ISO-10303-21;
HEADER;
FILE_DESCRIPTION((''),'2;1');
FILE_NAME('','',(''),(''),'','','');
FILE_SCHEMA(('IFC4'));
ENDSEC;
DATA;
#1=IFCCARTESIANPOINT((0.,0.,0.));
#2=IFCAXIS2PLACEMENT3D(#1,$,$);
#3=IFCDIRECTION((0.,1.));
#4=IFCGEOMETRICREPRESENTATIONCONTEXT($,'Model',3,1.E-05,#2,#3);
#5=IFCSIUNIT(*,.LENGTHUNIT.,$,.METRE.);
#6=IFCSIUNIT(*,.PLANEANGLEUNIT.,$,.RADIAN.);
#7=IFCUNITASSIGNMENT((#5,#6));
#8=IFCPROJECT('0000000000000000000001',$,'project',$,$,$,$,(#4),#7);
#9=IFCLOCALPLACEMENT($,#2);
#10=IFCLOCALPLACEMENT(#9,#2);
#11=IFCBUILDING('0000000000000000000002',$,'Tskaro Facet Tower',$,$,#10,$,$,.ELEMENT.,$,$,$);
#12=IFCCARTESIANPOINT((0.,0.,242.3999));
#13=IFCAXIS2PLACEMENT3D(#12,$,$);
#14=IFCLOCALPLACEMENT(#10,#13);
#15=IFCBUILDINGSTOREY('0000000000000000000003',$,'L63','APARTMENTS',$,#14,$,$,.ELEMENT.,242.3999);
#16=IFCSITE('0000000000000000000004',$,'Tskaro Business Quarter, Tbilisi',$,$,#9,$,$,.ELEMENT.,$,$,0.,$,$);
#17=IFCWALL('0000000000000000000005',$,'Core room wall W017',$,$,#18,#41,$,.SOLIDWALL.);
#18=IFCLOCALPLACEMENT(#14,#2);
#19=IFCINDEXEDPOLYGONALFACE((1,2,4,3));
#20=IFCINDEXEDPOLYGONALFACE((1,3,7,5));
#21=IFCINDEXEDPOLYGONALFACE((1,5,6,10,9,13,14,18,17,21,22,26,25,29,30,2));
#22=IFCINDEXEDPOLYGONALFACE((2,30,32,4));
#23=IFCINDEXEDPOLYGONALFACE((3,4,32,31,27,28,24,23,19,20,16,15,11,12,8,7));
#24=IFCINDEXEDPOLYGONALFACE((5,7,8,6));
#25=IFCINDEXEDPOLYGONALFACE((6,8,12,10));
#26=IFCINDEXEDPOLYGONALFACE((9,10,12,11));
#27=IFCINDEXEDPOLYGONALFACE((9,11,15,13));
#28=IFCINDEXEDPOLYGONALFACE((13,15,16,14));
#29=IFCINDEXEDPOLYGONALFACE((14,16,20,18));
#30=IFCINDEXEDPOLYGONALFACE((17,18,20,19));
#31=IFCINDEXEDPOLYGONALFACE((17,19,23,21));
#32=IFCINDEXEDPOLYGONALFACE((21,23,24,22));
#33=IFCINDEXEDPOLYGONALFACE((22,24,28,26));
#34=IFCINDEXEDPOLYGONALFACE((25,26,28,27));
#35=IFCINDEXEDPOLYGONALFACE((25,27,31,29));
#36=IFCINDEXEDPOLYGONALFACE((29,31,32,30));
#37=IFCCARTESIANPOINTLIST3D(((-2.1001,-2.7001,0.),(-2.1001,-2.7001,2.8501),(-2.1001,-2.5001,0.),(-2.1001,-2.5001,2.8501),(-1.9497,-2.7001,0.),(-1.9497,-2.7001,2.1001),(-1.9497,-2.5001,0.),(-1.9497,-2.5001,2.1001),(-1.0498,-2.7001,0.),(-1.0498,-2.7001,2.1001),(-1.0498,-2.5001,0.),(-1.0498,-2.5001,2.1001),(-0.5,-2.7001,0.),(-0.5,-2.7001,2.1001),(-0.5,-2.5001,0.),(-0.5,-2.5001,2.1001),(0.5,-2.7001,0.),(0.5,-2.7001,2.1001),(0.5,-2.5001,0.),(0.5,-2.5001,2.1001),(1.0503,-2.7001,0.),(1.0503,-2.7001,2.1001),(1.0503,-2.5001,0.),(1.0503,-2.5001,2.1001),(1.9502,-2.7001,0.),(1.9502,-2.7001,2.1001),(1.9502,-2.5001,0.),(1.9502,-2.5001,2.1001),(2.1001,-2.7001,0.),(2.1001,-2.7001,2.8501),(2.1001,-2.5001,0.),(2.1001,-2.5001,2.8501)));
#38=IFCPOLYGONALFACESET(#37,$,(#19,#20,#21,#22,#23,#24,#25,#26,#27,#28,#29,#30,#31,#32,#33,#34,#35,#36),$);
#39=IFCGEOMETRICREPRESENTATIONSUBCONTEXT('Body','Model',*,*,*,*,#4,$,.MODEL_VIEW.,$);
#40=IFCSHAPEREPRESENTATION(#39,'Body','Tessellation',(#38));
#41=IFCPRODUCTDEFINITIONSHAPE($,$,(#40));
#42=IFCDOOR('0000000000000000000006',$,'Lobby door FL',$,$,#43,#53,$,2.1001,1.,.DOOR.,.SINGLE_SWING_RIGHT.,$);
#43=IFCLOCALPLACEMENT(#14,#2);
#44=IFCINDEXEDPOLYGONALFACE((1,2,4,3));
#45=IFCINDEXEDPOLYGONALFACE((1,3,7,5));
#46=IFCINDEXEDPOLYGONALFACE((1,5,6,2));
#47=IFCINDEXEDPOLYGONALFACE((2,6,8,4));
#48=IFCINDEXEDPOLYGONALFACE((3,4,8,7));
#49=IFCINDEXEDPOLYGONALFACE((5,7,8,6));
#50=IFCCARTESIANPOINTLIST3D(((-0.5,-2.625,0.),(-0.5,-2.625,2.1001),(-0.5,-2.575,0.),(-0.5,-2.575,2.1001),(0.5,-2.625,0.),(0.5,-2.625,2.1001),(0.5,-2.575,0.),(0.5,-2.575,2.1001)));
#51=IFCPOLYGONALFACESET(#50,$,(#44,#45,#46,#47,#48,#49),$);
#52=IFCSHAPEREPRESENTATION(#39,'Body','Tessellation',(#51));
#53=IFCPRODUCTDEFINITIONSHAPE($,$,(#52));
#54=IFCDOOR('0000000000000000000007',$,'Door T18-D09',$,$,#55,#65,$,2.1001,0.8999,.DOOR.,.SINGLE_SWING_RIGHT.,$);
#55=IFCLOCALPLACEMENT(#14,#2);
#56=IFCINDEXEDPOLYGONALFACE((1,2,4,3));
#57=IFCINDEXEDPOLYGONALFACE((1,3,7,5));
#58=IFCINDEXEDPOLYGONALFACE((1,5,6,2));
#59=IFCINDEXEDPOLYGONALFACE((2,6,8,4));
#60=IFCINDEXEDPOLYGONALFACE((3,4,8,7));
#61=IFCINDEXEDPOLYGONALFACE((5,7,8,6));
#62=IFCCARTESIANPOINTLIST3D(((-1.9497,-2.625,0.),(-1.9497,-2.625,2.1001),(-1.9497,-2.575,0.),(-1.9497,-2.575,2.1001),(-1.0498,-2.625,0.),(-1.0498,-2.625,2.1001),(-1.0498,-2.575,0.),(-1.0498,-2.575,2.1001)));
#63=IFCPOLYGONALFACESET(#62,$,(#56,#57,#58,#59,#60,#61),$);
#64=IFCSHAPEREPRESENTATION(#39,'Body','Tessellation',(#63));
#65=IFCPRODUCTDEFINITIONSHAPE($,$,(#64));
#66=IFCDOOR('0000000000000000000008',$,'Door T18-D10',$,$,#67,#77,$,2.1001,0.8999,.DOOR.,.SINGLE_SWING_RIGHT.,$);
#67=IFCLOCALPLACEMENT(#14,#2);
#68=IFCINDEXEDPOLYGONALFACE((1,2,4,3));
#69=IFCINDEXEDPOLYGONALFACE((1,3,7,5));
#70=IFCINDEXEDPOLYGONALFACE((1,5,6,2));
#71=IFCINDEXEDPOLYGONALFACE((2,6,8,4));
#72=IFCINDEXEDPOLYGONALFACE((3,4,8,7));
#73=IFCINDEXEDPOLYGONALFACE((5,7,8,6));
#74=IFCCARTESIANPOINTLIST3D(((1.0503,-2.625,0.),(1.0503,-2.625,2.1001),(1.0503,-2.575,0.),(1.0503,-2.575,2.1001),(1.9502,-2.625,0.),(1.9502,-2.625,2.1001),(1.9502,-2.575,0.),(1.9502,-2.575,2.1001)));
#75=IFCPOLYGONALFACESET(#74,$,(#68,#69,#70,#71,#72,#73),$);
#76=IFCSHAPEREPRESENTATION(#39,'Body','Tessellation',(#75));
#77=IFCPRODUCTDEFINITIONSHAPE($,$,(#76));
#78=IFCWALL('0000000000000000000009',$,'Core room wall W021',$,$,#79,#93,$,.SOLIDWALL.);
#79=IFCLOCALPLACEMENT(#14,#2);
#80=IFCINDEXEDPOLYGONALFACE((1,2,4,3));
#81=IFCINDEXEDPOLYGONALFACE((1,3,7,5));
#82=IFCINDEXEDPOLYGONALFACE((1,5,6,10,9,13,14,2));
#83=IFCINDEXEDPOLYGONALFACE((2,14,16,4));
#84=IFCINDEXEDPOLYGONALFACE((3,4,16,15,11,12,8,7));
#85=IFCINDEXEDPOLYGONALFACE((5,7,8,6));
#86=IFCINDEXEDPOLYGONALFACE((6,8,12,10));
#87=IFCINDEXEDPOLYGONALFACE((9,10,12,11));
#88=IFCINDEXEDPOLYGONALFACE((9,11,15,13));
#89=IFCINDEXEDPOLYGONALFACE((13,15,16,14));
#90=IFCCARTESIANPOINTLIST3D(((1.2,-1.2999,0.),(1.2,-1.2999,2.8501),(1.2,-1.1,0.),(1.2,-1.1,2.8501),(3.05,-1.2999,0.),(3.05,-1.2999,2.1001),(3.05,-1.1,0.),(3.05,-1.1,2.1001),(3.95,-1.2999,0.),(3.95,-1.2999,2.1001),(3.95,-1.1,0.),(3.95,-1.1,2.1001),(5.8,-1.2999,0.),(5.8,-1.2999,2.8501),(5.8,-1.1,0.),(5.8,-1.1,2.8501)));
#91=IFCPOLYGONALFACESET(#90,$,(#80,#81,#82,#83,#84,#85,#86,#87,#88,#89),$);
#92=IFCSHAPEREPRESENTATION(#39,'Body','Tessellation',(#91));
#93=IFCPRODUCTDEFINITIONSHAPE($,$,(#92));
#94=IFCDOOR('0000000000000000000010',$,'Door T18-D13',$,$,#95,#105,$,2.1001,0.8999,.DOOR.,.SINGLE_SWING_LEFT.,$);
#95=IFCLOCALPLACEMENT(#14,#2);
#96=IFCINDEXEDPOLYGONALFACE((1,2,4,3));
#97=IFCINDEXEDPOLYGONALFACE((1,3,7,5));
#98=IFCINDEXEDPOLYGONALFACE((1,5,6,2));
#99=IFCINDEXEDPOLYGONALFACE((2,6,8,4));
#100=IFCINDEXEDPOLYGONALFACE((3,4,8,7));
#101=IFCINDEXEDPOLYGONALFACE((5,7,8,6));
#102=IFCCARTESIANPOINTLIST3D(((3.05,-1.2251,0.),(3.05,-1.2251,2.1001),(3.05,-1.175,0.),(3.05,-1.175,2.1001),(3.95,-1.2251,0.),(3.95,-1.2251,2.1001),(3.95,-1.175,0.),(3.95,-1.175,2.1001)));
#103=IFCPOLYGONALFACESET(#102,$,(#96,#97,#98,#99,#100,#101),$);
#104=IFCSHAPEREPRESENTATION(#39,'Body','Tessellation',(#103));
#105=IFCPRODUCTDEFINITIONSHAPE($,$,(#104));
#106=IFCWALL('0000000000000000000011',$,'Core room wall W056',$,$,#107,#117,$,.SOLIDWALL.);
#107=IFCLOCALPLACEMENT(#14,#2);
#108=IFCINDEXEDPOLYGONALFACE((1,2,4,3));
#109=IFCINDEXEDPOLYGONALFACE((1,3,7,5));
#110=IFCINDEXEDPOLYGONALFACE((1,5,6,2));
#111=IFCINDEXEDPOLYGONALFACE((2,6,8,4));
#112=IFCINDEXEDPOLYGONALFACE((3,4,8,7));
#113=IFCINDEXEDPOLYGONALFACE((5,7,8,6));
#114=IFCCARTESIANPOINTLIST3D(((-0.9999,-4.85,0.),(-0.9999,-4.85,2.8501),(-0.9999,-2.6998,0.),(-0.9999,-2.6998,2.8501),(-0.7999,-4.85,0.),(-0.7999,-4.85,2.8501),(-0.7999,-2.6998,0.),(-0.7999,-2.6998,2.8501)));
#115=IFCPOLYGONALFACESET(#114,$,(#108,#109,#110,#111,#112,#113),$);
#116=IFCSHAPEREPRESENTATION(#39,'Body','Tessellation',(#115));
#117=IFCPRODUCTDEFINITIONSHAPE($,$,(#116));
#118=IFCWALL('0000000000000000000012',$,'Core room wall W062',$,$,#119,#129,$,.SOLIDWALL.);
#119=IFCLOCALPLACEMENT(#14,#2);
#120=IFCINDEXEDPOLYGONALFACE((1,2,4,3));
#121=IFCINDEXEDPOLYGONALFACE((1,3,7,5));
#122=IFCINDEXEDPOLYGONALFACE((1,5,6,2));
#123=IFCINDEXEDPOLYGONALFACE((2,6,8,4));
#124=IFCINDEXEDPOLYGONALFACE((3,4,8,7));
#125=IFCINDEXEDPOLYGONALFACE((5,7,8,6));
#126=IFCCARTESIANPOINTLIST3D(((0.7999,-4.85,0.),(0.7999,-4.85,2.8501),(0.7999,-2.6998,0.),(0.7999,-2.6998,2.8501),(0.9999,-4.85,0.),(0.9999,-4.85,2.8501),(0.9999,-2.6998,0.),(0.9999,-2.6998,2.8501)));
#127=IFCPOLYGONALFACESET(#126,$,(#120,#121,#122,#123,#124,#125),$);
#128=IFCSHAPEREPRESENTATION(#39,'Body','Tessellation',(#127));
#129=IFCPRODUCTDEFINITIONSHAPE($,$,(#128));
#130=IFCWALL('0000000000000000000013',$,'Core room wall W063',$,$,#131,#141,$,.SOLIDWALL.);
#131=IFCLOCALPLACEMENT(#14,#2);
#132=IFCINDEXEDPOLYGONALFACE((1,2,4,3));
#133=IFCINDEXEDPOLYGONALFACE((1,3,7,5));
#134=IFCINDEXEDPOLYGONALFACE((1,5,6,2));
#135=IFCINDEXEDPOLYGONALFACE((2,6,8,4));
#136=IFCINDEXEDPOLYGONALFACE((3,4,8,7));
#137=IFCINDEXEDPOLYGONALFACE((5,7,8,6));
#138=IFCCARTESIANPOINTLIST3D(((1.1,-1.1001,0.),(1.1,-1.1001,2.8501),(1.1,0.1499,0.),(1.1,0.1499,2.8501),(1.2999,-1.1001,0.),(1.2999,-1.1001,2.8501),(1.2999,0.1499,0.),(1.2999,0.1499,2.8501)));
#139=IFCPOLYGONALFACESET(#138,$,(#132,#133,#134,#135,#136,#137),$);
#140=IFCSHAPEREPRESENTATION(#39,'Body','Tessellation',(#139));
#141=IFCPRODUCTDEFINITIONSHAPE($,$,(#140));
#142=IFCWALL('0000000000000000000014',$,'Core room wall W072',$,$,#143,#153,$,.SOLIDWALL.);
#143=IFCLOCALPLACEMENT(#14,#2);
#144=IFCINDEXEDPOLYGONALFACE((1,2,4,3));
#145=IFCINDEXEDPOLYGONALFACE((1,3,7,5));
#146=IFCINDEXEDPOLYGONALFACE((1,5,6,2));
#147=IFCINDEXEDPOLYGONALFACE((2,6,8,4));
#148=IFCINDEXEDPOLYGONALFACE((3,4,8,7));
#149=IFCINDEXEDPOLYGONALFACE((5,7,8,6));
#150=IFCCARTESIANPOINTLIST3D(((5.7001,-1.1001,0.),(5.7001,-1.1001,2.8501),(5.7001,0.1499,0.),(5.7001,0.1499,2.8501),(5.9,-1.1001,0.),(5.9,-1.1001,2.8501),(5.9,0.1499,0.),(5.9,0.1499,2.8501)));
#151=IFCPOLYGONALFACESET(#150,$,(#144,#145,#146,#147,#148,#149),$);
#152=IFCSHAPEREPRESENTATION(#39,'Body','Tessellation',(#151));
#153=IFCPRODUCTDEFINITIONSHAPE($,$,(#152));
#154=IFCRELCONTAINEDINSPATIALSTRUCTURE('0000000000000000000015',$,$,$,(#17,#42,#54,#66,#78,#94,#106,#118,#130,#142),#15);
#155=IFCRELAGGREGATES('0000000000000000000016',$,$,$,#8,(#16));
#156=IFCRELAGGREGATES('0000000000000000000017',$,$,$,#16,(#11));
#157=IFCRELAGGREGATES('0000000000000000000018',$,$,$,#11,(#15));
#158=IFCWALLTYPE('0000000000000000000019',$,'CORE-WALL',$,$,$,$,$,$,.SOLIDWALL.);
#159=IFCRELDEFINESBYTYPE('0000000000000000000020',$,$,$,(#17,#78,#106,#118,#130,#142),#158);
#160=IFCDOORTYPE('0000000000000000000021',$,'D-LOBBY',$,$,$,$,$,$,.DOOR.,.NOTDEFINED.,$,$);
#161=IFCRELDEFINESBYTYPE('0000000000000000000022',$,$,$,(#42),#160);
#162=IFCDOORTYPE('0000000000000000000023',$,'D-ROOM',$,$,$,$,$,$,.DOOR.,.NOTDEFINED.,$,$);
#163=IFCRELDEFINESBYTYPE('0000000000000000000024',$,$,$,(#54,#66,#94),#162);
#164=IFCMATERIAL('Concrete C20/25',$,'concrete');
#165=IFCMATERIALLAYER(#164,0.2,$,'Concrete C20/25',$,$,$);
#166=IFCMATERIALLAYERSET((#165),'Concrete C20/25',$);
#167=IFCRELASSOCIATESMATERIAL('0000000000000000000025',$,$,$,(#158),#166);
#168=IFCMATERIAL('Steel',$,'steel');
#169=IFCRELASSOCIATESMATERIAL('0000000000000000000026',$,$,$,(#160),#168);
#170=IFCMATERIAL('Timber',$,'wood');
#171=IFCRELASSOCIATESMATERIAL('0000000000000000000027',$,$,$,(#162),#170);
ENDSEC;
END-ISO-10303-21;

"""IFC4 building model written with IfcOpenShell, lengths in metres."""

from ifc_helpers import new_model, si_unit, direction, frame, frame_2d, origin, place, context, subcontext, project, spatial, rectangle, extrude, material, layer, layer_set, type_object, element, fill, save


model = new_model("IFC4")

# Units and contexts
model_context = context("Model", 3, precision=1e-05, world=origin(), true_north=direction((0.0, 1.0)))
body_context = subcontext(model_context, "Body", "Model", "MODEL_VIEW")
ifc_project = project(units=[si_unit("LENGTHUNIT", "METRE"), si_unit("PLANEANGLEUNIT", "RADIAN")], contexts=[model_context])

# Site, building, storey
site_placement = place(None, origin())
site = spatial("IfcSite", under=ifc_project, at=site_placement, Name="Tskaro Business Quarter, Tbilisi", CompositionType="ELEMENT", RefElevation=0.0)
building_placement = place(site_placement, origin())
building = spatial("IfcBuilding", under=site, at=building_placement, Name="Tskaro Facet Tower", CompositionType="ELEMENT")
storey_placement = place(building_placement, frame((0.0, 0.0, 242.3999)))
storey = spatial("IfcBuildingStorey", under=building, at=storey_placement, Name="L63", Description="APARTMENTS", CompositionType="ELEMENT", Elevation=242.3999)

# Shared definitions
ifc_material_1 = material(Name="Steel", Category="steel")

# Shared definitions
ifc_material_2 = material(Name="Concrete C20/25", Category="concrete")
ifc_layer_1 = layer(ifc_material_2, 0.2, Name="Concrete C20/25")
ifc_layer_set_1 = layer_set([ifc_layer_1], Name="Concrete C20/25")
wall_type_1 = type_object("IfcWallType", Name="CORE-WALL", PredefinedType="SOLIDWALL", material=ifc_layer_set_1)

# Wall, openings, doors
wall_1_placement = place(storey_placement, frame((2.1001, -2.6001, 0.0), z_axis=(0.0, 0.0, 1.0), x_axis=(-1.0, 0.0, 0.0)))
wall_1 = element("IfcWall", 1, at=wall_1_placement, inside=storey, type_object=wall_type_1, Name="Core room wall W017", PredefinedType="SOLIDWALL", context=body_context, shape_type="SweptSolid", body=[
    extrude(rectangle(XDim=4.2002, YDim=0.2, at=frame_2d((2.1001, 0.0))), origin(), (0.0, 0.0, 1.0), 2.8501),
])
opening_1_placement = place(wall_1_placement, frame((1.6001, 0.0, 0.0)))
opening_1 = element("IfcOpeningElement", 2, at=opening_1_placement, cuts=wall_1, PredefinedType="OPENING", context=body_context, shape_type="SweptSolid", body=[
    extrude(rectangle(XDim=1.0, YDim=2.1001, at=frame_2d((0.5, 1.05))), frame((0.0, 0.1099, 0.0), z_axis=(0.0, -1.0, 0.0), x_axis=(1.0, 0.0, 0.0)), (0.0, 0.0, 1.0), 0.22),
])
opening_2_placement = place(wall_1_placement, frame((3.1499, 0.0, 0.0)))
opening_2 = element("IfcOpeningElement", 3, at=opening_2_placement, cuts=wall_1, PredefinedType="OPENING", context=body_context, shape_type="SweptSolid", body=[
    extrude(rectangle(XDim=0.8999, YDim=2.1001, at=frame_2d((0.45, 1.05))), frame((0.0, 0.1099, 0.0), z_axis=(0.0, -1.0, 0.0), x_axis=(1.0, 0.0, 0.0)), (0.0, 0.0, 1.0), 0.22),
])
opening_3_placement = place(wall_1_placement, frame((0.1499, 0.0, 0.0)))
opening_3 = element("IfcOpeningElement", 4, at=opening_3_placement, cuts=wall_1, PredefinedType="OPENING", context=body_context, shape_type="SweptSolid", body=[
    extrude(rectangle(XDim=0.8999, YDim=2.1001, at=frame_2d((0.45, 1.05))), frame((0.0, 0.1099, 0.0), z_axis=(0.0, -1.0, 0.0), x_axis=(1.0, 0.0, 0.0)), (0.0, 0.0, 1.0), 0.22),
])
door_type_1 = type_object("IfcDoorType", Name="D-LOBBY", OperationType="NOTDEFINED", PredefinedType="DOOR", material=ifc_material_1)
door_1_placement = place(opening_1_placement, origin())
door_1 = element("IfcDoor", 5, at=door_1_placement, inside=storey, type_object=door_type_1, Name="Lobby door FL", OperationType="SINGLE_SWING_RIGHT", OverallHeight=2.1001, OverallWidth=1.0, PredefinedType="DOOR", context=body_context, shape_type="SweptSolid", body=[
    extrude(rectangle(XDim=1.0, YDim=2.1001, at=frame_2d((0.5, 1.05))), frame((0.0, 0.0249, 0.0), z_axis=(0.0, -1.0, 0.0), x_axis=(1.0, 0.0, 0.0)), (0.0, 0.0, 1.0), 0.05),
])
fill(opening_1, door_1)
ifc_material_3 = material(Name="Timber", Category="wood")
door_type_2 = type_object("IfcDoorType", Name="D-ROOM", OperationType="NOTDEFINED", PredefinedType="DOOR", material=ifc_material_3)
door_2_placement = place(opening_2_placement, origin())
door_2 = element("IfcDoor", 6, at=door_2_placement, inside=storey, type_object=door_type_2, Name="Door T18-D09", OperationType="SINGLE_SWING_RIGHT", OverallHeight=2.1001, OverallWidth=0.8999, PredefinedType="DOOR", context=body_context, shape_type="SweptSolid", body=[
    extrude(rectangle(XDim=0.8999, YDim=2.1001, at=frame_2d((0.45, 1.05))), frame((0.0, 0.0249, 0.0), z_axis=(0.0, -1.0, 0.0), x_axis=(1.0, 0.0, 0.0)), (0.0, 0.0, 1.0), 0.05),
])
fill(opening_2, door_2)
door_3_placement = place(opening_3_placement, origin())
door_3 = element("IfcDoor", 7, at=door_3_placement, inside=storey, type_object=door_type_2, Name="Door T18-D10", OperationType="SINGLE_SWING_RIGHT", OverallHeight=2.1001, OverallWidth=0.8999, PredefinedType="DOOR", context=body_context, shape_type="SweptSolid", body=[
    extrude(rectangle(XDim=0.8999, YDim=2.1001, at=frame_2d((0.45, 1.05))), frame((0.0, 0.0249, 0.0), z_axis=(0.0, -1.0, 0.0), x_axis=(1.0, 0.0, 0.0)), (0.0, 0.0, 1.0), 0.05),
])
fill(opening_3, door_3)

# Wall, opening, door
wall_2_placement = place(storey_placement, frame((1.2, -1.2, 0.0), z_axis=(0.0, 0.0, 1.0), x_axis=(1.0, 0.0, 0.0)))
wall_2 = element("IfcWall", 8, at=wall_2_placement, inside=storey, type_object=wall_type_1, Name="Core room wall W021", PredefinedType="SOLIDWALL", context=body_context, shape_type="SweptSolid", body=[
    extrude(rectangle(XDim=4.6001, YDim=0.2, at=frame_2d((2.3, 0.0))), origin(), (0.0, 0.0, 1.0), 2.8501),
])
opening_4_placement = place(wall_2_placement, frame((1.8501, 0.0, 0.0)))
opening_4 = element("IfcOpeningElement", 9, at=opening_4_placement, cuts=wall_2, PredefinedType="OPENING", context=body_context, shape_type="SweptSolid", body=[
    extrude(rectangle(XDim=0.8999, YDim=2.1001, at=frame_2d((0.45, 1.05))), frame((0.0, 0.1099, 0.0), z_axis=(0.0, -1.0, 0.0), x_axis=(1.0, 0.0, 0.0)), (0.0, 0.0, 1.0), 0.22),
])
door_4_placement = place(opening_4_placement, origin())
door_4 = element("IfcDoor", 10, at=door_4_placement, inside=storey, type_object=door_type_2, Name="Door T18-D13", OperationType="SINGLE_SWING_LEFT", OverallHeight=2.1001, OverallWidth=0.8999, PredefinedType="DOOR", context=body_context, shape_type="SweptSolid", body=[
    extrude(rectangle(XDim=0.8999, YDim=2.1001, at=frame_2d((0.45, 1.05))), frame((0.0, 0.0249, 0.0), z_axis=(0.0, -1.0, 0.0), x_axis=(1.0, 0.0, 0.0)), (0.0, 0.0, 1.0), 0.05),
])
fill(opening_4, door_4)

# Walls
for number, where, z_axis, x_axis, name in (
    (11, (-0.8999, -4.8501, 0.0), (0.0, 0.0, 1.0), (0.0, 1.0, 0.0), "Core room wall W056"),
    (12, (0.8999, -4.8501, 0.0), (0.0, 0.0, 1.0), (0.0, 1.0, 0.0), "Core room wall W062"),
):
    element("IfcWall", number, at=place(storey_placement, frame(where, z_axis=z_axis, x_axis=x_axis)), inside=storey, type_object=wall_type_1, Name=name, PredefinedType="SOLIDWALL", context=body_context, shape_type="SweptSolid", body=[
        extrude(rectangle(XDim=2.1501, YDim=0.2, at=frame_2d((1.0752, 0.0))), origin(), (0.0, 0.0, 1.0), 2.8501),
    ])
for number, where, z_axis, x_axis, name in (
    (13, (1.2, -1.1001, 0.0), (0.0, 0.0, 1.0), (0.0, 1.0, 0.0), "Core room wall W063"),
    (14, (5.8, -1.1001, 0.0), (0.0, 0.0, 1.0), (0.0, 1.0, 0.0), "Core room wall W072"),
):
    element("IfcWall", number, at=place(storey_placement, frame(where, z_axis=z_axis, x_axis=x_axis)), inside=storey, type_object=wall_type_1, Name=name, PredefinedType="SOLIDWALL", context=body_context, shape_type="SweptSolid", body=[
        extrude(rectangle(XDim=1.25, YDim=0.2, at=frame_2d((0.625, 0.0))), origin(), (0.0, 0.0, 1.0), 2.8501),
    ])

save(model, "model.ifc")
